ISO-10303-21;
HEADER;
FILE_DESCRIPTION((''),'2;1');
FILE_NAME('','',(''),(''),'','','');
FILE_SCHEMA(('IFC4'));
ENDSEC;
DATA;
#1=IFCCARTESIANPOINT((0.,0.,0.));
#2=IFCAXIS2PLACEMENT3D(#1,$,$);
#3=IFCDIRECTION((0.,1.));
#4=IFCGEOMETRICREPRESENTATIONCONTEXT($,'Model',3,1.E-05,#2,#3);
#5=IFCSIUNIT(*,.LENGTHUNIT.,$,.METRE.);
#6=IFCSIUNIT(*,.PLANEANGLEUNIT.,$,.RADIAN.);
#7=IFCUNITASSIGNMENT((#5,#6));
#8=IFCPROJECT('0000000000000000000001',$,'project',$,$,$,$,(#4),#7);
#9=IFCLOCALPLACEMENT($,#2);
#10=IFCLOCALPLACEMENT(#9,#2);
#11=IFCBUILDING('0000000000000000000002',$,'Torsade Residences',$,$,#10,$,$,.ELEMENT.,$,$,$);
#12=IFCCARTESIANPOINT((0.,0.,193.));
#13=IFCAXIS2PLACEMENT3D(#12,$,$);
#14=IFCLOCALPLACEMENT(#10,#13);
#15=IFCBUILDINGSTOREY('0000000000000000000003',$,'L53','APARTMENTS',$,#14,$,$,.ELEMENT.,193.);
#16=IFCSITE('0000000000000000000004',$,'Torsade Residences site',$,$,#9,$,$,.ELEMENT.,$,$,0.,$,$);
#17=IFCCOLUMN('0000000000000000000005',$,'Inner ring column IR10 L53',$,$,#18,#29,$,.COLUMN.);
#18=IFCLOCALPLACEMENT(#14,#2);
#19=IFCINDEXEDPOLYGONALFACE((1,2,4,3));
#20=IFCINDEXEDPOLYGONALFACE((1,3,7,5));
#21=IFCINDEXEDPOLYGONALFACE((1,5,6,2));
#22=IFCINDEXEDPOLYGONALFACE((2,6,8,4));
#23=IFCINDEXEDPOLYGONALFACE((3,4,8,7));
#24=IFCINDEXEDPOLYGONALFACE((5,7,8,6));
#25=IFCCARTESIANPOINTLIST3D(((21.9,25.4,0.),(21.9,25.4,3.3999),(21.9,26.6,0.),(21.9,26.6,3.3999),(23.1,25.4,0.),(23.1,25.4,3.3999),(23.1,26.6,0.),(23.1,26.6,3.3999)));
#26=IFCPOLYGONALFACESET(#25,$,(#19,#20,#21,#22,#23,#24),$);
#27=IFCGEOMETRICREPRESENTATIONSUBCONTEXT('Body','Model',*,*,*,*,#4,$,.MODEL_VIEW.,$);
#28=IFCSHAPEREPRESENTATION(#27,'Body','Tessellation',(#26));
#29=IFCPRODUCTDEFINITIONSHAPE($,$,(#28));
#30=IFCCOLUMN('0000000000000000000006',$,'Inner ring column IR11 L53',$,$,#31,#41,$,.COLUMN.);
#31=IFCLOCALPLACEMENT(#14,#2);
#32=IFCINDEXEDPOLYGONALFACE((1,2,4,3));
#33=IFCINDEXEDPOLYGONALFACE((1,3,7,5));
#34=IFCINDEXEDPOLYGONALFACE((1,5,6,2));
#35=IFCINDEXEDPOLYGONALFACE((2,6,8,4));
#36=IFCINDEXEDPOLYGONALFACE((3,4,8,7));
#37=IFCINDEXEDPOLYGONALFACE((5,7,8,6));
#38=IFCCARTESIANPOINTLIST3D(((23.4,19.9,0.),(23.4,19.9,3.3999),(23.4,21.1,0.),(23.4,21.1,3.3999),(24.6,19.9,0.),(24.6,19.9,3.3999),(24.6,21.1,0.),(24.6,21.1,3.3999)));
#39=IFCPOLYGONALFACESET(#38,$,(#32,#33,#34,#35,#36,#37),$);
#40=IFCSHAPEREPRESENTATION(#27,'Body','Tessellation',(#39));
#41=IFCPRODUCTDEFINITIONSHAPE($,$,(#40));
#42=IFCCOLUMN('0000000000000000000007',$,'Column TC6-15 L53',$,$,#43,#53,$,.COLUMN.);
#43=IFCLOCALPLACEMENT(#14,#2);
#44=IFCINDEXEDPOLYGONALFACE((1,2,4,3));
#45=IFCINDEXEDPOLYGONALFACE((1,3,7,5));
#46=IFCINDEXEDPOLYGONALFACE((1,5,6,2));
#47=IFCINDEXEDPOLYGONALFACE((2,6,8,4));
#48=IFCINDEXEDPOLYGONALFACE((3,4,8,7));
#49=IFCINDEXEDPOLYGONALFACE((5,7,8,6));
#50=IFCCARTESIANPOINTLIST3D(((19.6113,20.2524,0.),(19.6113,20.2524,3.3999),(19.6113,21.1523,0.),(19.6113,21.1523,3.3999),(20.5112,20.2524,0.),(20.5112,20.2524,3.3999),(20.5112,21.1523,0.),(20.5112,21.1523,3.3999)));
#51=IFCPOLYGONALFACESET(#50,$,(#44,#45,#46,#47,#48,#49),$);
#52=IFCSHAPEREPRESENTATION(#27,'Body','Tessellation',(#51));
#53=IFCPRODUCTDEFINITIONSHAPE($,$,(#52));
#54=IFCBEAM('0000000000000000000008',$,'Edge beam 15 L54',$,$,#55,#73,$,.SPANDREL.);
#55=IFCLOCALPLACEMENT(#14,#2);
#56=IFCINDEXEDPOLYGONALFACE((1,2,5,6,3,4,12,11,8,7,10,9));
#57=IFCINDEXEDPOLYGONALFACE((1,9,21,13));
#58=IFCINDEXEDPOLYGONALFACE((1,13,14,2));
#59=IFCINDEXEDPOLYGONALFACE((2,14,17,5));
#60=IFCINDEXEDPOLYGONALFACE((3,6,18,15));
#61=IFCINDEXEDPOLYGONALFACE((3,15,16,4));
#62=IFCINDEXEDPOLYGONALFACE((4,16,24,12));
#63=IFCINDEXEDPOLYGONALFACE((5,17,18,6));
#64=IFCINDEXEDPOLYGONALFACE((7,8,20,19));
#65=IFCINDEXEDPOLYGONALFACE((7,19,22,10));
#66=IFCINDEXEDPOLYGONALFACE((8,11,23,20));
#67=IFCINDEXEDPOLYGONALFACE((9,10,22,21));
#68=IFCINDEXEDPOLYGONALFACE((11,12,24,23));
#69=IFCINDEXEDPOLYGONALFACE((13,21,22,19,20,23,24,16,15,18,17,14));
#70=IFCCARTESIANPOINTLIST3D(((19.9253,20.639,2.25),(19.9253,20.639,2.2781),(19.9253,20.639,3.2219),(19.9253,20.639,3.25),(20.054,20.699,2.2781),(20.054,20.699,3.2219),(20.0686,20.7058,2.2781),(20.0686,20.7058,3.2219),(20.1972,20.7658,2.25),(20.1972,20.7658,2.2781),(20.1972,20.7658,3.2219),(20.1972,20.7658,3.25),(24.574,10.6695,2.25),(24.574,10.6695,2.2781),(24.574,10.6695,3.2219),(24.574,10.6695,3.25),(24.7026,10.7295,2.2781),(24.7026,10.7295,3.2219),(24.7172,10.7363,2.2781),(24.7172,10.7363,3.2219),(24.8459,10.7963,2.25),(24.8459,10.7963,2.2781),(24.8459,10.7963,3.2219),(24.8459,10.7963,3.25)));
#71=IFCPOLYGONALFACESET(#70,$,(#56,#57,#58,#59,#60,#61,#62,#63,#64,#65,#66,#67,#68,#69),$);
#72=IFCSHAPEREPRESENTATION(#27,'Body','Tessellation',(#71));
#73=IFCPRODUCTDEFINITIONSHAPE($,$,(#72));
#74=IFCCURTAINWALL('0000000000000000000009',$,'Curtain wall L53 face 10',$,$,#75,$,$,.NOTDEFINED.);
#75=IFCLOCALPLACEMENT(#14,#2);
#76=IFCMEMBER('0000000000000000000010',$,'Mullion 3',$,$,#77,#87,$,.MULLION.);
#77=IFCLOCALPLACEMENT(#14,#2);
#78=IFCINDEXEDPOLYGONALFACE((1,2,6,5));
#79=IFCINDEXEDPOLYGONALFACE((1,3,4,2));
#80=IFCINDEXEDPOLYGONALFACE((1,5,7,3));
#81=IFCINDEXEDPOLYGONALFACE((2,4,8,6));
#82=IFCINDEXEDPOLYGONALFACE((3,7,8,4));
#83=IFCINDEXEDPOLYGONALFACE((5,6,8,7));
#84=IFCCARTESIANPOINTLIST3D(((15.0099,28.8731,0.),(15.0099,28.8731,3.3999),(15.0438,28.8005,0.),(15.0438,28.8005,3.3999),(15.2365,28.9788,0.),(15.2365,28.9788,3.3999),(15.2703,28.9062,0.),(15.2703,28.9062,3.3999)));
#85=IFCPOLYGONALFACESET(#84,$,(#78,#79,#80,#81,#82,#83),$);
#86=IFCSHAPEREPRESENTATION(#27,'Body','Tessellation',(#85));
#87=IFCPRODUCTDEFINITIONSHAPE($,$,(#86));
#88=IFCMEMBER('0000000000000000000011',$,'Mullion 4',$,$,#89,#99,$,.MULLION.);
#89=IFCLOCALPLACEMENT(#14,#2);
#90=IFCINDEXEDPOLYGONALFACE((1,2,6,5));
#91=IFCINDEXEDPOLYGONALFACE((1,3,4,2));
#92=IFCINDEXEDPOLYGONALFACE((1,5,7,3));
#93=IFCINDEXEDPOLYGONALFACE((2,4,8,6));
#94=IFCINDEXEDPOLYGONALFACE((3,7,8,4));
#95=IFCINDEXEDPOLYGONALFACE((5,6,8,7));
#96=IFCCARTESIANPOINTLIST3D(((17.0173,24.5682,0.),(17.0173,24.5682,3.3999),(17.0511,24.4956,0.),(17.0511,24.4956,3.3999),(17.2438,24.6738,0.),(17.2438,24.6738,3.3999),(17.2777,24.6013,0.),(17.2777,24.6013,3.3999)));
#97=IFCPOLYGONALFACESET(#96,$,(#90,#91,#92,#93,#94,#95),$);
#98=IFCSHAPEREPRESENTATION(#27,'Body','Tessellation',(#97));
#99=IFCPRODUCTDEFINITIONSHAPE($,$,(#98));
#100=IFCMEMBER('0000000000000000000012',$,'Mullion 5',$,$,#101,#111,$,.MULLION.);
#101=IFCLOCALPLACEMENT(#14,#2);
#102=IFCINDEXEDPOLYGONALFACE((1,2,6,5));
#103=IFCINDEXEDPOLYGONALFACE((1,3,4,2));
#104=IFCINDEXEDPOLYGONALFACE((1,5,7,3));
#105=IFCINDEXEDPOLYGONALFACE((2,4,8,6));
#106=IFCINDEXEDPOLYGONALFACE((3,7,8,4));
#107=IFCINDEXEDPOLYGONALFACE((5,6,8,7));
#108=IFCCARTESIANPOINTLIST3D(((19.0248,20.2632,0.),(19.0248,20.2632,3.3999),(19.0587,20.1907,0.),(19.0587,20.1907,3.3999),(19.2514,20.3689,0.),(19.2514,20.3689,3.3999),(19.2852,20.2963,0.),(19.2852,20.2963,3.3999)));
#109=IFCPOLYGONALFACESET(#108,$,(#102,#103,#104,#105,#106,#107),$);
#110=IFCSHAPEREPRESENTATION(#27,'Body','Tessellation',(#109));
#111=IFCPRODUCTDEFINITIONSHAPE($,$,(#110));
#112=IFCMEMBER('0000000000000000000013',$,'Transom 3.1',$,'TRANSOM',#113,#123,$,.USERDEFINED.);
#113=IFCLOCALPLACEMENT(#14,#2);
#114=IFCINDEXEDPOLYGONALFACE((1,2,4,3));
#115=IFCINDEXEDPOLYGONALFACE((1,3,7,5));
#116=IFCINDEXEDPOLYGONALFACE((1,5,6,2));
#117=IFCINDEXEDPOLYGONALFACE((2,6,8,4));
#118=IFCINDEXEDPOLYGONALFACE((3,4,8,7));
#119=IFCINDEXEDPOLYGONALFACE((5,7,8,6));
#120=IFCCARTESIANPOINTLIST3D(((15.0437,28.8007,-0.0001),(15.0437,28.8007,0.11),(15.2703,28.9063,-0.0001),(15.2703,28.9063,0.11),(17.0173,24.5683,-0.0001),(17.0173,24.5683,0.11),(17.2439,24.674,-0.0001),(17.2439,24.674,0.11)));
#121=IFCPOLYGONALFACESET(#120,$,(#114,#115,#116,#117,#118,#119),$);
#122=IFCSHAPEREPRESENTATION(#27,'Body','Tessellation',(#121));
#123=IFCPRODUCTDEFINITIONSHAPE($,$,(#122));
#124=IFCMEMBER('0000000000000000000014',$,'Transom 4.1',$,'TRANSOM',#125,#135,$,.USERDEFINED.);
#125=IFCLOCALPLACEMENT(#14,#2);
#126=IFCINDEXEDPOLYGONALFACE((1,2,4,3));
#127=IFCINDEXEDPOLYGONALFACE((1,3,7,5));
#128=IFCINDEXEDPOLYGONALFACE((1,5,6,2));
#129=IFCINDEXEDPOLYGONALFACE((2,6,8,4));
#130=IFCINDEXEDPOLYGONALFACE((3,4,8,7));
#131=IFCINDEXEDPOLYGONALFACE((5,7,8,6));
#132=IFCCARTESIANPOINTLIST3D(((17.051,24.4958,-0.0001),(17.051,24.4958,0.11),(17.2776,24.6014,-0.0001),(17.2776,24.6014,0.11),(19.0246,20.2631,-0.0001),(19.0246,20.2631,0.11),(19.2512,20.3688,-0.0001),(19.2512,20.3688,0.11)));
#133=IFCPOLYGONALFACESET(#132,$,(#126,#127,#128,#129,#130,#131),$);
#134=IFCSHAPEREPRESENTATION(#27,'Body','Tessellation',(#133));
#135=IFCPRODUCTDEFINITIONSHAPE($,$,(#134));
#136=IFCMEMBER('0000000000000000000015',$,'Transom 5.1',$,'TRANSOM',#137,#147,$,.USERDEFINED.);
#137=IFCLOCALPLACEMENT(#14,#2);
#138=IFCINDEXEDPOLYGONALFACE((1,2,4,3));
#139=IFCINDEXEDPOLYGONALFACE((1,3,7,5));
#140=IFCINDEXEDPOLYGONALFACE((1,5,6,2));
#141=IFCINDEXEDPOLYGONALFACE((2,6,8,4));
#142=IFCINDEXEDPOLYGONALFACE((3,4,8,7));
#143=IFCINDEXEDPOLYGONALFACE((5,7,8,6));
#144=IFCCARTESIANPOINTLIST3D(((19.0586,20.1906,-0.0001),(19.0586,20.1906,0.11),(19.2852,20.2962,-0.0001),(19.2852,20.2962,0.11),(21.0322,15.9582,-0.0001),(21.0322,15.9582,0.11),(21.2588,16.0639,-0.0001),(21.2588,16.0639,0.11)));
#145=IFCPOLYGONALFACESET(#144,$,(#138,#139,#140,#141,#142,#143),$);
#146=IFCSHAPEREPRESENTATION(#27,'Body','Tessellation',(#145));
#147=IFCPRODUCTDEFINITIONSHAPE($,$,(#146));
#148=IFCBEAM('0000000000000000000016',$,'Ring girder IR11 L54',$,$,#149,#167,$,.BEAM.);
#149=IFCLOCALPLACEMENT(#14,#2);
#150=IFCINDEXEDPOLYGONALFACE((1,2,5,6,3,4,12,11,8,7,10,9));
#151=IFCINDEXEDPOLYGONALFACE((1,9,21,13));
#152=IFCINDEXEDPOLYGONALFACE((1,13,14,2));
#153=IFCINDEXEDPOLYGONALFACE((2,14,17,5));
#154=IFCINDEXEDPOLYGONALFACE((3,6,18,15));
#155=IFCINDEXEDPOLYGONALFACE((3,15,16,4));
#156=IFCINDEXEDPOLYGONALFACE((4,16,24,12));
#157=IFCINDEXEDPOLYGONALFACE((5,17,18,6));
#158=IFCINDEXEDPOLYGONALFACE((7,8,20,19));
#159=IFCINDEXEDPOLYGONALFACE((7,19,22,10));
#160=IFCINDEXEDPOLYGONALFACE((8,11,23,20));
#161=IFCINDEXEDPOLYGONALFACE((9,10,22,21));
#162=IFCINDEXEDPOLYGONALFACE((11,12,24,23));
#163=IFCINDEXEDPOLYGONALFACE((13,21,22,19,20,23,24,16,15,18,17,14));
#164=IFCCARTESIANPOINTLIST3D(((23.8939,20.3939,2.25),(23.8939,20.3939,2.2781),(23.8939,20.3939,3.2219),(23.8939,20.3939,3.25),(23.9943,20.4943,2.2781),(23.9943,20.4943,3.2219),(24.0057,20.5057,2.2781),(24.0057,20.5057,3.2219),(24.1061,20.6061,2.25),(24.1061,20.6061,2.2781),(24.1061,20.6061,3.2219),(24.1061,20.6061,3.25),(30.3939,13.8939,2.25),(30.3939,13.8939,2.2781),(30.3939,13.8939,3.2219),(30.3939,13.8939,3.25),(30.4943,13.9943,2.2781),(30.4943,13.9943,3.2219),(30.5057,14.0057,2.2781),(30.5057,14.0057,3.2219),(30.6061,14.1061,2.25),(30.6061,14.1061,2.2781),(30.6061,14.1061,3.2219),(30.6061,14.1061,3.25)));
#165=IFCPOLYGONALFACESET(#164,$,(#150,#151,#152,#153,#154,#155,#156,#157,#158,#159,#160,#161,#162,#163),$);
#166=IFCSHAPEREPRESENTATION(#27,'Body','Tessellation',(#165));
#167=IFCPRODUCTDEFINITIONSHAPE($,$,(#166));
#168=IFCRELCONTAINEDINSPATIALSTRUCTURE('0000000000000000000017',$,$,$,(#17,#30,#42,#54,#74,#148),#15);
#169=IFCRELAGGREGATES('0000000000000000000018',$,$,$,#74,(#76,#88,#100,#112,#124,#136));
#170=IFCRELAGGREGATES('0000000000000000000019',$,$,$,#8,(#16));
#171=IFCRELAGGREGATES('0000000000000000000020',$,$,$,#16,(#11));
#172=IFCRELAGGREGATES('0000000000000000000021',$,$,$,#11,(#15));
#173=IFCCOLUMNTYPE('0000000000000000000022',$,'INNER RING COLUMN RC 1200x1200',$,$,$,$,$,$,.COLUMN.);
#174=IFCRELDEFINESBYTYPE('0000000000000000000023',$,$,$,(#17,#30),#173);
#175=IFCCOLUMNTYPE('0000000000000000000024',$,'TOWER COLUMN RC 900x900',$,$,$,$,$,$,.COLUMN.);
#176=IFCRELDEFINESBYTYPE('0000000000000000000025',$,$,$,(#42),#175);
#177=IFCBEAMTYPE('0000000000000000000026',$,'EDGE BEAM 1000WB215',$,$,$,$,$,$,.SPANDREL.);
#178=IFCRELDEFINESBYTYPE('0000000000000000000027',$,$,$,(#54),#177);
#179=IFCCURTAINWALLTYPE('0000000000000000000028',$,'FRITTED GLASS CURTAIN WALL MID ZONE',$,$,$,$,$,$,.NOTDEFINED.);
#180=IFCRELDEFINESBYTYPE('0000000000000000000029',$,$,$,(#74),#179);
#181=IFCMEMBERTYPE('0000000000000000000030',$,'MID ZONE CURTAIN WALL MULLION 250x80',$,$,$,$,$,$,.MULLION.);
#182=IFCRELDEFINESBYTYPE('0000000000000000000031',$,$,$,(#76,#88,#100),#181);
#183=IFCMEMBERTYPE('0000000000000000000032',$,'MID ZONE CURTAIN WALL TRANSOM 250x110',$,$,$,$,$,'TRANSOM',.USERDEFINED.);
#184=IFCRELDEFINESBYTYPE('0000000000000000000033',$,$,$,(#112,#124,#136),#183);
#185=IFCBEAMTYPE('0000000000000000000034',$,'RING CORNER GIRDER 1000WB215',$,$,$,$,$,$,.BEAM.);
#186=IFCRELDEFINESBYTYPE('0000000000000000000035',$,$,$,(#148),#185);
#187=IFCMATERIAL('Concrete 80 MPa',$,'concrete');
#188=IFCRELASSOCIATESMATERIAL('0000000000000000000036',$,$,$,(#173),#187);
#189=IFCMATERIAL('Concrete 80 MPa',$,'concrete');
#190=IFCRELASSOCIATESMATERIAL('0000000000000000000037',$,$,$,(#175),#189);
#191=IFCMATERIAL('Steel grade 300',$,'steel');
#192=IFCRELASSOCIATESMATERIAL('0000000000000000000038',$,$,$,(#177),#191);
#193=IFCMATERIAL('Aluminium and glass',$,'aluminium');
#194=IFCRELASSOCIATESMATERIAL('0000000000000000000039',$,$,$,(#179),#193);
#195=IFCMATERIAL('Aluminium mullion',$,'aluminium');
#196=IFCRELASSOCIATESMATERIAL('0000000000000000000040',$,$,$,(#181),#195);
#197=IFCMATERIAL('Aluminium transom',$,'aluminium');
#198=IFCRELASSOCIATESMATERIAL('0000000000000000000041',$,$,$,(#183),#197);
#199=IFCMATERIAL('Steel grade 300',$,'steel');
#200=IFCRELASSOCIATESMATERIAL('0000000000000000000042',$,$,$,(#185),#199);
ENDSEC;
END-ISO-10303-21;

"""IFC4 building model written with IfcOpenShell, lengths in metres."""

from ifc_helpers import new_model, si_unit, direction, frame, origin, origin_2d, place, context, subcontext, project, spatial, rectangle, i_section, extrude, material, material_profile, profile_set, type_object, element, aggregate, save


model = new_model("IFC4")

# Units and contexts
model_context = context("Model", 3, precision=1e-05, world=origin(), true_north=direction((0.0, 1.0)))
body_context = subcontext(model_context, "Body", "Model", "MODEL_VIEW")
ifc_project = project(units=[si_unit("LENGTHUNIT", "METRE"), si_unit("PLANEANGLEUNIT", "RADIAN")], contexts=[model_context])

# Site, building, storey
site_placement = place(None, origin())
site = spatial("IfcSite", under=ifc_project, at=site_placement, Name="Torsade Residences site", CompositionType="ELEMENT", RefElevation=0.0)
building_placement = place(site_placement, origin())
building = spatial("IfcBuilding", under=site, at=building_placement, Name="Torsade Residences", CompositionType="ELEMENT")
storey_placement = place(building_placement, frame((0.0, 0.0, 193.0)))
storey = spatial("IfcBuildingStorey", under=building, at=storey_placement, Name="L53", Description="APARTMENTS", CompositionType="ELEMENT", Elevation=193.0)

# Columns
ifc_material_1 = material(Name="Concrete 80 MPa", Category="concrete")
ifc_material_profile_1 = material_profile(ifc_material_1, rectangle(XDim=1.2, YDim=1.2, at=origin_2d()), Name="RC 1200x1200")
ifc_profile_set_1 = profile_set([ifc_material_profile_1], Name="Concrete 80 MPa")
column_type_1 = type_object("IfcColumnType", Name="INNER RING COLUMN RC 1200x1200", PredefinedType="COLUMN", material=ifc_profile_set_1)
for number, where, z_axis, x_axis, name in (
    (1, (22.5, 26.0, 0.0), (0.0, 0.0, 1.0), (1.0, 0.0, 0.0), "Inner ring column IR10 L53"),
    (2, (24.0, 20.5, 0.0), (0.0, 0.0, 1.0), (1.0, 0.0, 0.0), "Inner ring column IR11 L53"),
):
    element("IfcColumn", number, at=place(storey_placement, frame(where, z_axis=z_axis, x_axis=x_axis)), inside=storey, type_object=column_type_1, Name=name, PredefinedType="COLUMN", context=body_context, shape_type="SweptSolid", body=[
        extrude(rectangle(XDim=1.2, YDim=1.2, at=origin_2d()), origin(), (0.0, 0.0, 1.0), 3.3999),
    ])
ifc_material_2 = material(Name="Concrete 80 MPa", Category="concrete")
ifc_material_profile_2 = material_profile(ifc_material_2, rectangle(XDim=0.8999, YDim=0.8999, at=origin_2d()), Name="RC 900x900")
ifc_profile_set_2 = profile_set([ifc_material_profile_2], Name="Concrete 80 MPa")
column_type_2 = type_object("IfcColumnType", Name="TOWER COLUMN RC 900x900", PredefinedType="COLUMN", material=ifc_profile_set_2)
column_placement = place(storey_placement, frame((20.0613, 20.7024, 0.0), z_axis=(0.0, 0.0, 1.0), x_axis=(1.0, 0.0, 0.0)))
element("IfcColumn", 3, at=column_placement, inside=storey, type_object=column_type_2, Name="Column TC6-15 L53", PredefinedType="COLUMN", context=body_context, shape_type="SweptSolid", body=[
    extrude(rectangle(XDim=0.8999, YDim=0.8999, at=origin_2d()), origin(), (0.0, 0.0, 1.0), 3.3999),
])

# Beam
ifc_material_3 = material(Name="Steel grade 300", Category="steel")
ifc_material_profile_3 = material_profile(ifc_material_3, i_section(OverallWidth=0.3, OverallDepth=1.0, WebThickness=0.0161, FlangeThickness=0.0281, at=origin_2d()), Name="1000WB215")
ifc_profile_set_3 = profile_set([ifc_material_profile_3], Name="Steel grade 300")
beam_type_1 = type_object("IfcBeamType", Name="EDGE BEAM 1000WB215", PredefinedType="SPANDREL", material=ifc_profile_set_3)
beam_1_placement = place(storey_placement, frame((20.0613, 20.7024, 2.75), z_axis=(0.422606, -0.906314, 0.0), x_axis=(0.906314, 0.422606, 0.0)))
element("IfcBeam", 4, at=beam_1_placement, inside=storey, type_object=beam_type_1, Name="Edge beam 15 L54", PredefinedType="SPANDREL", context=body_context, shape_type="SweptSolid", body=[
    extrude(i_section(OverallWidth=0.3, OverallDepth=1.0, WebThickness=0.0161, FlangeThickness=0.0281, at=origin_2d()), origin(), (0.0, 0.0, 1.0), 11.0),
])

# Curtain wall, members
ifc_material_4 = material(Name="Aluminium and glass", Category="aluminium")
curtain_wall_type = type_object("IfcCurtainWallType", Name="FRITTED GLASS CURTAIN WALL MID ZONE", PredefinedType="NOTDEFINED", material=ifc_material_4)
curtain_wall_placement = place(storey_placement, origin())
curtain_wall = element("IfcCurtainWall", 5, at=curtain_wall_placement, inside=storey, type_object=curtain_wall_type, Name="Curtain wall L53 face 10", PredefinedType="NOTDEFINED")
ifc_material_5 = material(Name="Aluminium mullion", Category="aluminium")
ifc_material_profile_4 = material_profile(ifc_material_5, rectangle(XDim=0.25, YDim=0.0801, at=origin_2d()), Name="MID ZONE CURTAIN WALL MULLION 250x80")
ifc_profile_set_4 = profile_set([ifc_material_profile_4], Name="Aluminium mullion")
member_type_1 = type_object("IfcMemberType", Name="MID ZONE CURTAIN WALL MULLION 250x80", PredefinedType="MULLION", material=ifc_profile_set_4)
member_1_placement = place(storey_placement, frame((15.1401, 28.8896, 0.0), z_axis=(0.0, 0.0, 1.0), x_axis=(0.906308, 0.422618, 0.0)))
member_1 = element("IfcMember", 6, at=member_1_placement, type_object=member_type_1, Name="Mullion 3", PredefinedType="MULLION", context=body_context, shape_type="SweptSolid", body=[
    extrude(rectangle(XDim=0.25, YDim=0.0801, at=origin_2d()), origin(), (0.0, 0.0, 1.0), 3.3999),
])
member_2_placement = place(storey_placement, frame((17.1475, 24.5847, 0.0), z_axis=(0.0, 0.0, 1.0), x_axis=(0.906308, 0.422618, 0.0)))
member_2 = element("IfcMember", 7, at=member_2_placement, type_object=member_type_1, Name="Mullion 4", PredefinedType="MULLION", context=body_context, shape_type="SweptSolid", body=[
    extrude(rectangle(XDim=0.25, YDim=0.0801, at=origin_2d()), origin(), (0.0, 0.0, 1.0), 3.3999),
])
member_3_placement = place(storey_placement, frame((19.155, 20.2798, 0.0), z_axis=(0.0, 0.0, 1.0), x_axis=(0.906308, 0.422618, 0.0)))
member_3 = element("IfcMember", 8, at=member_3_placement, type_object=member_type_1, Name="Mullion 5", PredefinedType="MULLION", context=body_context, shape_type="SweptSolid", body=[
    extrude(rectangle(XDim=0.25, YDim=0.0801, at=origin_2d()), origin(), (0.0, 0.0, 1.0), 3.3999),
])
ifc_material_6 = material(Name="Aluminium transom", Category="aluminium")
ifc_material_profile_5 = material_profile(ifc_material_6, rectangle(XDim=0.25, YDim=0.1101, at=origin_2d()), Name="MID ZONE CURTAIN WALL TRANSOM 250x110")
ifc_profile_set_5 = profile_set([ifc_material_profile_5], Name="Aluminium transom")
member_type_2 = type_object("IfcMemberType", Name="MID ZONE CURTAIN WALL TRANSOM 250x110", ElementType="TRANSOM", PredefinedType="USERDEFINED", material=ifc_profile_set_5)
member_4_placement = place(storey_placement, frame((15.157, 28.8535, 0.0549), z_axis=(0.422622, -0.906306, 0.0), x_axis=(0.906306, 0.422622, 0.0)))
member_4 = element("IfcMember", 9, at=member_4_placement, type_object=member_type_2, Name="Transom 3.1", ObjectType="TRANSOM", PredefinedType="USERDEFINED", context=body_context, shape_type="SweptSolid", body=[
    extrude(rectangle(XDim=0.25, YDim=0.1101, at=origin_2d()), origin(), (0.0, 0.0, 1.0), 4.6699),
])
member_5_placement = place(storey_placement, frame((17.1643, 24.5486, 0.0549), z_axis=(0.422602, -0.906315, 0.0), x_axis=(0.906315, 0.422602, 0.0)))
member_5 = element("IfcMember", 10, at=member_5_placement, type_object=member_type_2, Name="Transom 4.1", ObjectType="TRANSOM", PredefinedType="USERDEFINED", context=body_context, shape_type="SweptSolid", body=[
    extrude(rectangle(XDim=0.25, YDim=0.1101, at=origin_2d()), origin(), (0.0, 0.0, 1.0), 4.6702),
])
member_6_placement = place(storey_placement, frame((19.1719, 20.2434, 0.0549), z_axis=(0.422622, -0.906306, 0.0), x_axis=(0.906306, 0.422622, 0.0)))
member_6 = element("IfcMember", 11, at=member_6_placement, type_object=member_type_2, Name="Transom 5.1", ObjectType="TRANSOM", PredefinedType="USERDEFINED", context=body_context, shape_type="SweptSolid", body=[
    extrude(rectangle(XDim=0.25, YDim=0.1101, at=origin_2d()), origin(), (0.0, 0.0, 1.0), 4.6699),
])

# Beam
ifc_material_7 = material(Name="Steel grade 300", Category="steel")
ifc_material_profile_6 = material_profile(ifc_material_7, i_section(OverallWidth=0.3, OverallDepth=1.0, WebThickness=0.0161, FlangeThickness=0.0281, at=origin_2d()), Name="1000WB215")
ifc_profile_set_6 = profile_set([ifc_material_profile_6], Name="Steel grade 300")
beam_type_2 = type_object("IfcBeamType", Name="RING CORNER GIRDER 1000WB215", PredefinedType="BEAM", material=ifc_profile_set_6)
beam_2_placement = place(storey_placement, frame((24.0, 20.5, 2.75), z_axis=(0.707107, -0.707107, 0.0), x_axis=(0.707107, 0.707107, 0.0)))
element("IfcBeam", 12, at=beam_2_placement, inside=storey, type_object=beam_type_2, Name="Ring girder IR11 L54", PredefinedType="BEAM", context=body_context, shape_type="SweptSolid", body=[
    extrude(i_section(OverallWidth=0.3, OverallDepth=1.0, WebThickness=0.0161, FlangeThickness=0.0281, at=origin_2d()), origin(), (0.0, 0.0, 1.0), 9.1924),
])

aggregate(curtain_wall, [member_1, member_2, member_3, member_4, member_5, member_6])

save(model, "model.ifc")
